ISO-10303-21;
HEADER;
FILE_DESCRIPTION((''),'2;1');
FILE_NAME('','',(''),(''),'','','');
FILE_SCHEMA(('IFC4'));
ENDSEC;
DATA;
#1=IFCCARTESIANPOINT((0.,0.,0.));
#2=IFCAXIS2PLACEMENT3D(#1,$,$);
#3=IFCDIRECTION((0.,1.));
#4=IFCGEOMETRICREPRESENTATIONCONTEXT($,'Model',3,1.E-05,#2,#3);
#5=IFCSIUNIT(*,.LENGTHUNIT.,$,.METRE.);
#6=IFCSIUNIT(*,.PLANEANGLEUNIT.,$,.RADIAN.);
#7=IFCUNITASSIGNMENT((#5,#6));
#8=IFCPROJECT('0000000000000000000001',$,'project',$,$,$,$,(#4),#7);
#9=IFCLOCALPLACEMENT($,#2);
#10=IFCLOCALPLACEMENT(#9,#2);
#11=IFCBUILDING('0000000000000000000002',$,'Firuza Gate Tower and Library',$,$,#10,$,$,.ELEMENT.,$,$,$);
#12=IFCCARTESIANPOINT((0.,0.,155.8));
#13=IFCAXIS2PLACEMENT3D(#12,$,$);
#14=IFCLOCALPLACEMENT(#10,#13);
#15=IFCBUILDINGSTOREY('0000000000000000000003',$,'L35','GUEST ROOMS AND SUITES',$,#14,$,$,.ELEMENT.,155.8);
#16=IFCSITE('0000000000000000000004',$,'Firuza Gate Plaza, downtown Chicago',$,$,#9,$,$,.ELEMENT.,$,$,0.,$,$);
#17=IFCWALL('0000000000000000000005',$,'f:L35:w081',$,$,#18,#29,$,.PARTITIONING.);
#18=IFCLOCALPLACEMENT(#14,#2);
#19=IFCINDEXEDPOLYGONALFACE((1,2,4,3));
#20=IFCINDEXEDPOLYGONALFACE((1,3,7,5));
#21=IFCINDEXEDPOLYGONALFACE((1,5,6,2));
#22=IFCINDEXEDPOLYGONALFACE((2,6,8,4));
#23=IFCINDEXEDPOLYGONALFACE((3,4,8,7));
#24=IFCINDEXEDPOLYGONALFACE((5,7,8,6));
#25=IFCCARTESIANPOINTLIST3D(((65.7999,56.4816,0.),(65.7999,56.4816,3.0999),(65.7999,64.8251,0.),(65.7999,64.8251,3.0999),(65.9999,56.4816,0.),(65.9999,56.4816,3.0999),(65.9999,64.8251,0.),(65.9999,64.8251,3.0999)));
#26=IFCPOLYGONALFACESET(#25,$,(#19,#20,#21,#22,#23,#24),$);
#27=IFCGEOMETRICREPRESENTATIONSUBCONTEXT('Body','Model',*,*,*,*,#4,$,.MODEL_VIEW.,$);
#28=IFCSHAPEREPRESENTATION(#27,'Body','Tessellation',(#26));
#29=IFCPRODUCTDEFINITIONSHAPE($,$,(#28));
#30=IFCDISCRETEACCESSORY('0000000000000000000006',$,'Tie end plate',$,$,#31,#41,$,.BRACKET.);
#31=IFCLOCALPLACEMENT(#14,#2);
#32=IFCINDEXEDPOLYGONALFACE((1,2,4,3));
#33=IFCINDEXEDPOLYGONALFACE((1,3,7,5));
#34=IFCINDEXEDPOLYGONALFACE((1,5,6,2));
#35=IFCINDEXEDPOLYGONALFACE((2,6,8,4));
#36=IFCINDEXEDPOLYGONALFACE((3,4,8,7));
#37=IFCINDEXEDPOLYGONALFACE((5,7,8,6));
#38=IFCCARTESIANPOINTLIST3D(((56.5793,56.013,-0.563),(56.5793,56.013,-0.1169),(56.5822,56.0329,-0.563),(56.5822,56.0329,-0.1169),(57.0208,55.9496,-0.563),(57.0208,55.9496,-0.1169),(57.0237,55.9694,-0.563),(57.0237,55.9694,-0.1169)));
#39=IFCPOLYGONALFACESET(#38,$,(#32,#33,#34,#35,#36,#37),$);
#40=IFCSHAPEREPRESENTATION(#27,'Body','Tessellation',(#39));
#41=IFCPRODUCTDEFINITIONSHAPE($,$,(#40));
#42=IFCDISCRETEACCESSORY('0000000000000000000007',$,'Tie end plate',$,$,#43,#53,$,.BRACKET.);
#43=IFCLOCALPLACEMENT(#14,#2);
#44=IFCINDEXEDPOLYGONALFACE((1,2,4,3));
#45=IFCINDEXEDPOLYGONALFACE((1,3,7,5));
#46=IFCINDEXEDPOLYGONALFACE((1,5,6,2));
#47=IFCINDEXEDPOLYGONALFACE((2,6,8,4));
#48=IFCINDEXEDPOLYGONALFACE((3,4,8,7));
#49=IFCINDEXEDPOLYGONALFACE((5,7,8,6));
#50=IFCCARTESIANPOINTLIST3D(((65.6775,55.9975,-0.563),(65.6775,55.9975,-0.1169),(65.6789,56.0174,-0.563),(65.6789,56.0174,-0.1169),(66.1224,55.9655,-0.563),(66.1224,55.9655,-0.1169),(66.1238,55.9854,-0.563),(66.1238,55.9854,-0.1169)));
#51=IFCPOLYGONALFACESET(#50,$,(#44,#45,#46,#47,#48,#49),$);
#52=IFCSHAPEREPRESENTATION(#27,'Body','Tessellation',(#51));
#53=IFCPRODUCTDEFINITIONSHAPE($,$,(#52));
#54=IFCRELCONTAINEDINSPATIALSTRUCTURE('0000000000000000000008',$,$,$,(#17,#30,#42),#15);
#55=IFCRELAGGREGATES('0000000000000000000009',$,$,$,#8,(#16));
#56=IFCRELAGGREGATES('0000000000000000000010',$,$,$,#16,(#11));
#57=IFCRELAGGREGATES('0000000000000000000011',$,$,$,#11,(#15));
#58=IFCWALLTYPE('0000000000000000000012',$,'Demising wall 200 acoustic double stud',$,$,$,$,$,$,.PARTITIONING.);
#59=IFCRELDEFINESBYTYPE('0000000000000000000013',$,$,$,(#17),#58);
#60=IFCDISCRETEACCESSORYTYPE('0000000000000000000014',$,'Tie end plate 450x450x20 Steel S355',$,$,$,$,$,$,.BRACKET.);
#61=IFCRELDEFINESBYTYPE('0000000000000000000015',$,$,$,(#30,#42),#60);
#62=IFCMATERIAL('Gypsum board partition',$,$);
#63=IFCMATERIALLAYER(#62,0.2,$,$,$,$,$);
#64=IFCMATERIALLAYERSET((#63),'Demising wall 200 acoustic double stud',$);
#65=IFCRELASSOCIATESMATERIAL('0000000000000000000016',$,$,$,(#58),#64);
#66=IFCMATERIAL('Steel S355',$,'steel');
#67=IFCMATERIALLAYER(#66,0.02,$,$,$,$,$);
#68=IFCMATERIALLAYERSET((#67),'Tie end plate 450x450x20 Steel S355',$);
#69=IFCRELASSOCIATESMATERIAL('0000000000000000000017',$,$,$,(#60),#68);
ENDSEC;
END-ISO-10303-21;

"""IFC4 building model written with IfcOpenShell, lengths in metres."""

from ifc_helpers import new_model, si_unit, direction, frame, frame_2d, origin, origin_2d, place, context, subcontext, project, spatial, rectangle, extrude, material, layer, layer_set, type_object, element, save


model = new_model("IFC4")

# Units and contexts
model_context = context("Model", 3, precision=1e-05, world=origin(), true_north=direction((0.0, 1.0)))
body_context = subcontext(model_context, "Body", "Model", "MODEL_VIEW")
ifc_project = project(units=[si_unit("LENGTHUNIT", "METRE"), si_unit("PLANEANGLEUNIT", "RADIAN")], contexts=[model_context])

# Site, building, storey
site_placement = place(None, origin())
site = spatial("IfcSite", under=ifc_project, at=site_placement, Name="Firuza Gate Plaza, downtown Chicago", CompositionType="ELEMENT", RefElevation=0.0)
building_placement = place(site_placement, origin())
building = spatial("IfcBuilding", under=site, at=building_placement, Name="Firuza Gate Tower and Library", CompositionType="ELEMENT")
storey_placement = place(building_placement, frame((0.0, 0.0, 155.8)))
storey = spatial("IfcBuildingStorey", under=building, at=storey_placement, Name="L35", Description="GUEST ROOMS AND SUITES", CompositionType="ELEMENT", Elevation=155.8)

# Wall
ifc_material_1 = material(Name="Gypsum board partition")
ifc_layer_1 = layer(ifc_material_1, 0.2)
ifc_layer_set_1 = layer_set([ifc_layer_1], Name="Demising wall 200 acoustic double stud")
wall_type_1 = type_object("IfcWallType", Name="Demising wall 200 acoustic double stud", PredefinedType="PARTITIONING", material=ifc_layer_set_1)
wall_1_placement = place(storey_placement, frame((65.8999, 56.4814, 0.0), z_axis=(0.0, 0.0, 1.0), x_axis=(0.0, 1.0, 0.0)))
element("IfcWall", 1, at=wall_1_placement, inside=storey, type_object=wall_type_1, Name="f:L35:w081", PredefinedType="PARTITIONING", context=body_context, shape_type="SweptSolid", body=[
    extrude(rectangle(XDim=8.3435, YDim=0.2, at=frame_2d((4.1719, 0.0))), origin(), (0.0, 0.0, 1.0), 3.0999),
])

# Discrete accessories
ifc_material_2 = material(Name="Steel S355", Category="steel")
ifc_layer_2 = layer(ifc_material_2, 0.02)
ifc_layer_set_2 = layer_set([ifc_layer_2], Name="Tie end plate 450x450x20 Steel S355")
discrete_accessory_type = type_object("IfcDiscreteAccessoryType", Name="Tie end plate 450x450x20 Steel S355", PredefinedType="BRACKET", material=ifc_layer_set_2)
for number, where, z_axis, x_axis, name in (
    (2, (56.8015, 55.9912, -0.563), (0.0, 0.0, 1.0), (0.142308, 0.989822, 0.0), "Tie end plate"),
    (3, (65.9006, 55.9915, -0.563), (0.0, 0.0, 1.0), (0.071701, 0.997426, 0.0), "Tie end plate"),
):
    element("IfcDiscreteAccessory", number, at=place(storey_placement, frame(where, z_axis=z_axis, x_axis=x_axis)), inside=storey, type_object=discrete_accessory_type, Name=name, PredefinedType="BRACKET", context=body_context, shape_type="SweptSolid", body=[
        extrude(rectangle(XDim=0.02, YDim=0.446, at=origin_2d()), origin(), (0.0, 0.0, 1.0), 0.446),
    ])

save(model, "model.ifc")
